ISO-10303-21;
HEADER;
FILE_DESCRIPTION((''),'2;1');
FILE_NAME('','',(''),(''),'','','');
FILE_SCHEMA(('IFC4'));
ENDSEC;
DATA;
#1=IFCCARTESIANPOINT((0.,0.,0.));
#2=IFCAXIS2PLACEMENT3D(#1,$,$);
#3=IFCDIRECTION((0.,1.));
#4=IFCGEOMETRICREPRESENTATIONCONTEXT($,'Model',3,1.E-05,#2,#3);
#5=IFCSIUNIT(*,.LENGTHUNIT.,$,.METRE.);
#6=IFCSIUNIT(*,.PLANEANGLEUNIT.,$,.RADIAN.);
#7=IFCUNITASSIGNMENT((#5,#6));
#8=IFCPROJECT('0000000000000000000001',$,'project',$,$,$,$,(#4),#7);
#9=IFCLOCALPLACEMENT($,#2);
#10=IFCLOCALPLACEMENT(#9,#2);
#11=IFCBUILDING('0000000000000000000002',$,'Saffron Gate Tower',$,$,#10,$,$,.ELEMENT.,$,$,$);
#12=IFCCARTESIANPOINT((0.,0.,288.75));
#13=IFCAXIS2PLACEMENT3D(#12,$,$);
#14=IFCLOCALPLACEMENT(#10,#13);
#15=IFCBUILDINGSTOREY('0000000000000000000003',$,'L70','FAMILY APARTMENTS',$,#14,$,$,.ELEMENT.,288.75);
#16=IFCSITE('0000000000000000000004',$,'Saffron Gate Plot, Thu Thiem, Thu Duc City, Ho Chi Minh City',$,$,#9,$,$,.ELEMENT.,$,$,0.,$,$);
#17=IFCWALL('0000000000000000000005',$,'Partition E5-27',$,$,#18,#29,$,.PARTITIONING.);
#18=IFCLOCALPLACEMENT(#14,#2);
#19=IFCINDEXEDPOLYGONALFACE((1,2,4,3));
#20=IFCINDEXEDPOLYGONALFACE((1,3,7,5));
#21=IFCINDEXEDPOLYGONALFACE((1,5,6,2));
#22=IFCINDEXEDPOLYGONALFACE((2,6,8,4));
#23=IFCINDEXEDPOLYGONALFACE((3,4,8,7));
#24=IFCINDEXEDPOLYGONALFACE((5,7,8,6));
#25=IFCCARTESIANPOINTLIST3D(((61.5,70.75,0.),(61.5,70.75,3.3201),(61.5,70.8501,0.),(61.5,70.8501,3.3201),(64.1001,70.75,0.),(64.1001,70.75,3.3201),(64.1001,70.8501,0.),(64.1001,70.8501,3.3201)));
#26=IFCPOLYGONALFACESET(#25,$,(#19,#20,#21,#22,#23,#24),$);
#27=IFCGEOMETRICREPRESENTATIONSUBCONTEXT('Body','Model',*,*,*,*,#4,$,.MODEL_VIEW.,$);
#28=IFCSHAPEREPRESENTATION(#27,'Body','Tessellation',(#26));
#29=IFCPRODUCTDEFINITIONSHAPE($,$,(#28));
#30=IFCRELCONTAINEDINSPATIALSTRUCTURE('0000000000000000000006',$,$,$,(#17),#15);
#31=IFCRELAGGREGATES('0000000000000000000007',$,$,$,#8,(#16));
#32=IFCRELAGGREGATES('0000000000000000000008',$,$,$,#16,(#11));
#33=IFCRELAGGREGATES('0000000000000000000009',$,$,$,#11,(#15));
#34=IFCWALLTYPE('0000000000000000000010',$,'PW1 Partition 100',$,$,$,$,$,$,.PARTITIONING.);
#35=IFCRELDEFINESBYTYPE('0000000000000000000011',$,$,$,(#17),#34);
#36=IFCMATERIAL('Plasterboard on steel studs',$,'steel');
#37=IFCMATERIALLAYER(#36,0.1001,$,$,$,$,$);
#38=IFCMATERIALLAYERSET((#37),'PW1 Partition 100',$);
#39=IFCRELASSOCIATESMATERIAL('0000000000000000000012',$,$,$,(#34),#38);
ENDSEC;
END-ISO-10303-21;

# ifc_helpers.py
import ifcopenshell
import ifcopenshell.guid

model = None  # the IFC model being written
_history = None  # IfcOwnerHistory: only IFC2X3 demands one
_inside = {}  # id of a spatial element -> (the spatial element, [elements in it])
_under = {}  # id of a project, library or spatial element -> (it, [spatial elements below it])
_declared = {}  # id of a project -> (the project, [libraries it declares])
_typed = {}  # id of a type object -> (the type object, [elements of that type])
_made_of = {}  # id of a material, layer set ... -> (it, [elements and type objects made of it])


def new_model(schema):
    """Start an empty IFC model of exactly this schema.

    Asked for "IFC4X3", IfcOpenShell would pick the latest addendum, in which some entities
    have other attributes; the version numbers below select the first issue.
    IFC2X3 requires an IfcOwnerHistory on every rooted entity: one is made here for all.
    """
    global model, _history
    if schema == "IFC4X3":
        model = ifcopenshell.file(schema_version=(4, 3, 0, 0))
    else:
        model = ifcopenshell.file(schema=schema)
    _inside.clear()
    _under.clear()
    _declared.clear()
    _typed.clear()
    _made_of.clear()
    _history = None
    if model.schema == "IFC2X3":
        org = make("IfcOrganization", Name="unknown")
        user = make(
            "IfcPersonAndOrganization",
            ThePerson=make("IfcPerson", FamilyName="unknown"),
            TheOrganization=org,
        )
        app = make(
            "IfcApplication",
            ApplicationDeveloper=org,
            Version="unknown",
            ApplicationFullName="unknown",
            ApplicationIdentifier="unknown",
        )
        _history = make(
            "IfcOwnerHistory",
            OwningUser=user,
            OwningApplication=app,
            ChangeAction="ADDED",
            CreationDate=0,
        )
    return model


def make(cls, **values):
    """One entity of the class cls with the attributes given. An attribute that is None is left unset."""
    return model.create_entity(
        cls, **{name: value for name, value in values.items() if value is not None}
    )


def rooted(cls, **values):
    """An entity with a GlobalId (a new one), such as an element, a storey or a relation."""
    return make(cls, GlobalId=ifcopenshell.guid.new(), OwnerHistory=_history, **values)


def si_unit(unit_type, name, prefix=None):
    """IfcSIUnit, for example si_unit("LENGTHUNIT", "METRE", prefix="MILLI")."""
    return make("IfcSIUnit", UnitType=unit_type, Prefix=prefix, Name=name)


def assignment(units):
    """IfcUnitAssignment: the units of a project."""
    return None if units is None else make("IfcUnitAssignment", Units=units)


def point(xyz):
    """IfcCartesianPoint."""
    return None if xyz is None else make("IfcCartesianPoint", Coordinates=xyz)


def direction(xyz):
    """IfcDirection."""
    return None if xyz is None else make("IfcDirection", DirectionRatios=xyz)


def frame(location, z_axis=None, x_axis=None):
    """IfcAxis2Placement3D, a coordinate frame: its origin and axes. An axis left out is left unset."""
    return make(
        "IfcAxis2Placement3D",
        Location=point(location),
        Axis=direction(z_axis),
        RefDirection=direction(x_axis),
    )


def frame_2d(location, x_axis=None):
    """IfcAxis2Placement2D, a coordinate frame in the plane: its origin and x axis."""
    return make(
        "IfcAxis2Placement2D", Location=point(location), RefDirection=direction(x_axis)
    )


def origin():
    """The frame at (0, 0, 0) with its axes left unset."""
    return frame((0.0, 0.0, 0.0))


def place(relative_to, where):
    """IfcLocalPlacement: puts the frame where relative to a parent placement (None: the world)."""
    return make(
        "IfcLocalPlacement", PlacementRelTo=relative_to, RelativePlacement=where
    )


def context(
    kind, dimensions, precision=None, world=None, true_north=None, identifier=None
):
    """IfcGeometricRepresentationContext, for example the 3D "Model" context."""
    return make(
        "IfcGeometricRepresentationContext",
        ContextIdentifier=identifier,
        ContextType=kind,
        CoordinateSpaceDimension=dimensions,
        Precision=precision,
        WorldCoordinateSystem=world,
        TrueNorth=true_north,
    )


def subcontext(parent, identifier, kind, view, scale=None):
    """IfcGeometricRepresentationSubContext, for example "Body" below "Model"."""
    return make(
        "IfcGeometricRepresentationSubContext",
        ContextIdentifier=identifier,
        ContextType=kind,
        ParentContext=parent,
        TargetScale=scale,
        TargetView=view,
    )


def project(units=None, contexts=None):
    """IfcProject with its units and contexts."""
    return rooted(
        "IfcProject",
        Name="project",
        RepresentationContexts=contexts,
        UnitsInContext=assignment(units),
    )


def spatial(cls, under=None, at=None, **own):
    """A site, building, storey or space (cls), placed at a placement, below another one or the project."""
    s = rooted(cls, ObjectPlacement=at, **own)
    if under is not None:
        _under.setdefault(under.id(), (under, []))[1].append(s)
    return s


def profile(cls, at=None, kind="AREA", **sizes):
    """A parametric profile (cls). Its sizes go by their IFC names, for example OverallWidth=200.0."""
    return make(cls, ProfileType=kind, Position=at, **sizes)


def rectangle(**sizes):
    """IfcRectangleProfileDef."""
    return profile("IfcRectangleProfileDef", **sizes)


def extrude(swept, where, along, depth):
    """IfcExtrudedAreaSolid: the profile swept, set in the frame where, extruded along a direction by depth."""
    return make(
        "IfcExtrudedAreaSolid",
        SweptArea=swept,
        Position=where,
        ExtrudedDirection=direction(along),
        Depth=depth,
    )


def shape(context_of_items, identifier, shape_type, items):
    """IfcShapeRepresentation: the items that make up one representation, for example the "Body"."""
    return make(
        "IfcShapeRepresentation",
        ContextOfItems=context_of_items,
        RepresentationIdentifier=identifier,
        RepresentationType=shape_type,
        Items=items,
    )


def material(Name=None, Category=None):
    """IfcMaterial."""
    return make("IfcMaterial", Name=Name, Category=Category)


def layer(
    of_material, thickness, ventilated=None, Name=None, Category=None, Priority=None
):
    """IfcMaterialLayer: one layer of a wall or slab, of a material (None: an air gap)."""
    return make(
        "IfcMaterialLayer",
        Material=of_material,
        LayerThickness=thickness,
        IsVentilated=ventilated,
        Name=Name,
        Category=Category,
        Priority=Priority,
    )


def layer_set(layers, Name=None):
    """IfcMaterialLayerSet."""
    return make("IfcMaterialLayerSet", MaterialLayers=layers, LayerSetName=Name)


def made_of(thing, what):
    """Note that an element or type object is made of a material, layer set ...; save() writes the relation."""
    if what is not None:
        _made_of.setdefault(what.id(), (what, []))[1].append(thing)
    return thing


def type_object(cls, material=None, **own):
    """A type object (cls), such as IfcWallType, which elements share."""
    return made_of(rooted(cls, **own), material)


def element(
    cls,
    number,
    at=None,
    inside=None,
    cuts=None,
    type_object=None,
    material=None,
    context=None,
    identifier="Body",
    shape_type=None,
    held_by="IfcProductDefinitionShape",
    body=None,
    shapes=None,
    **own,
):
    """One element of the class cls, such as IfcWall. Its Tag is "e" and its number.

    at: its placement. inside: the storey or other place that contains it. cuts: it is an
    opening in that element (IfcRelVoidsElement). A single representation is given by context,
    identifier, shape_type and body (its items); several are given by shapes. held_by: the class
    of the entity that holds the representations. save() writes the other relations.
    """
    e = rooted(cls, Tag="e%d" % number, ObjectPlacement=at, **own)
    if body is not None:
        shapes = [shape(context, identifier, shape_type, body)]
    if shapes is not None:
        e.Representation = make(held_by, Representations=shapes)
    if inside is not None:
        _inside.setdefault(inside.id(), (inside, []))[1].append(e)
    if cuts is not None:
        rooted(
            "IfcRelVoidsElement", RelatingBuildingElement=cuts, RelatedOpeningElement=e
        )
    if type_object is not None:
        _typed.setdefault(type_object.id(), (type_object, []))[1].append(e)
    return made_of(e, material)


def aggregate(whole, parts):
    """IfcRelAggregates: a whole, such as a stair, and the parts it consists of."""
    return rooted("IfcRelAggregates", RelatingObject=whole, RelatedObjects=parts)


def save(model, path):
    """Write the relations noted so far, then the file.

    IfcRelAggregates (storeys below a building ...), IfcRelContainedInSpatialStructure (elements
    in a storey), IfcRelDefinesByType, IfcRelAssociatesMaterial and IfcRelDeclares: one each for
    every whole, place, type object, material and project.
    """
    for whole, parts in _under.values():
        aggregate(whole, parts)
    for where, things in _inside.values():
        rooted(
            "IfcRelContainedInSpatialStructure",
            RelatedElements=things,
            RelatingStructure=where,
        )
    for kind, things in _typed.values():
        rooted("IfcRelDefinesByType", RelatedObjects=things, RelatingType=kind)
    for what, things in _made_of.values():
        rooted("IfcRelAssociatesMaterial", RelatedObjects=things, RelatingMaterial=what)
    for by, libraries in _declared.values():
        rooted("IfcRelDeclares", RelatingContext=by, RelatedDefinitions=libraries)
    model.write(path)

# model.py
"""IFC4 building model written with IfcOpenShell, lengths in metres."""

from ifc_helpers import new_model, si_unit, direction, frame, frame_2d, origin, place, context, subcontext, project, spatial, rectangle, extrude, material, layer, layer_set, type_object, element, save


model = new_model("IFC4")

# Units and contexts
model_context = context("Model", 3, precision=1e-05, world=origin(), true_north=direction((0.0, 1.0)))
body_context = subcontext(model_context, "Body", "Model", "MODEL_VIEW")
ifc_project = project(units=[si_unit("LENGTHUNIT", "METRE"), si_unit("PLANEANGLEUNIT", "RADIAN")], contexts=[model_context])

# Site, building, storey
site_placement = place(None, origin())
site = spatial("IfcSite", under=ifc_project, at=site_placement, Name="Saffron Gate Plot, Thu Thiem, Thu Duc City, Ho Chi Minh City", CompositionType="ELEMENT", RefElevation=0.0)
building_placement = place(site_placement, origin())
building = spatial("IfcBuilding", under=site, at=building_placement, Name="Saffron Gate Tower", CompositionType="ELEMENT")
storey_placement = place(building_placement, frame((0.0, 0.0, 288.75)))
storey = spatial("IfcBuildingStorey", under=building, at=storey_placement, Name="L70", Description="FAMILY APARTMENTS", CompositionType="ELEMENT", Elevation=288.75)

# Wall
ifc_material_1 = material(Name="Plasterboard on steel studs", Category="steel")
ifc_layer_1 = layer(ifc_material_1, 0.1001)
ifc_layer_set_1 = layer_set([ifc_layer_1], Name="PW1 Partition 100")
wall_type_1 = type_object("IfcWallType", Name="PW1 Partition 100", PredefinedType="PARTITIONING", material=ifc_layer_set_1)
wall_1_placement = place(storey_placement, frame((61.5, 70.8, 0.0), z_axis=(0.0, 0.0, 1.0), x_axis=(1.0, 0.0, 0.0)))
element("IfcWall", 1, at=wall_1_placement, inside=storey, type_object=wall_type_1, Name="Partition E5-27", PredefinedType="PARTITIONING", context=body_context, shape_type="SweptSolid", body=[
    extrude(rectangle(XDim=2.6001, YDim=0.1001, at=frame_2d((1.3, 0.0))), origin(), (0.0, 0.0, 1.0), 3.3201),
])

save(model, "model.ifc")
